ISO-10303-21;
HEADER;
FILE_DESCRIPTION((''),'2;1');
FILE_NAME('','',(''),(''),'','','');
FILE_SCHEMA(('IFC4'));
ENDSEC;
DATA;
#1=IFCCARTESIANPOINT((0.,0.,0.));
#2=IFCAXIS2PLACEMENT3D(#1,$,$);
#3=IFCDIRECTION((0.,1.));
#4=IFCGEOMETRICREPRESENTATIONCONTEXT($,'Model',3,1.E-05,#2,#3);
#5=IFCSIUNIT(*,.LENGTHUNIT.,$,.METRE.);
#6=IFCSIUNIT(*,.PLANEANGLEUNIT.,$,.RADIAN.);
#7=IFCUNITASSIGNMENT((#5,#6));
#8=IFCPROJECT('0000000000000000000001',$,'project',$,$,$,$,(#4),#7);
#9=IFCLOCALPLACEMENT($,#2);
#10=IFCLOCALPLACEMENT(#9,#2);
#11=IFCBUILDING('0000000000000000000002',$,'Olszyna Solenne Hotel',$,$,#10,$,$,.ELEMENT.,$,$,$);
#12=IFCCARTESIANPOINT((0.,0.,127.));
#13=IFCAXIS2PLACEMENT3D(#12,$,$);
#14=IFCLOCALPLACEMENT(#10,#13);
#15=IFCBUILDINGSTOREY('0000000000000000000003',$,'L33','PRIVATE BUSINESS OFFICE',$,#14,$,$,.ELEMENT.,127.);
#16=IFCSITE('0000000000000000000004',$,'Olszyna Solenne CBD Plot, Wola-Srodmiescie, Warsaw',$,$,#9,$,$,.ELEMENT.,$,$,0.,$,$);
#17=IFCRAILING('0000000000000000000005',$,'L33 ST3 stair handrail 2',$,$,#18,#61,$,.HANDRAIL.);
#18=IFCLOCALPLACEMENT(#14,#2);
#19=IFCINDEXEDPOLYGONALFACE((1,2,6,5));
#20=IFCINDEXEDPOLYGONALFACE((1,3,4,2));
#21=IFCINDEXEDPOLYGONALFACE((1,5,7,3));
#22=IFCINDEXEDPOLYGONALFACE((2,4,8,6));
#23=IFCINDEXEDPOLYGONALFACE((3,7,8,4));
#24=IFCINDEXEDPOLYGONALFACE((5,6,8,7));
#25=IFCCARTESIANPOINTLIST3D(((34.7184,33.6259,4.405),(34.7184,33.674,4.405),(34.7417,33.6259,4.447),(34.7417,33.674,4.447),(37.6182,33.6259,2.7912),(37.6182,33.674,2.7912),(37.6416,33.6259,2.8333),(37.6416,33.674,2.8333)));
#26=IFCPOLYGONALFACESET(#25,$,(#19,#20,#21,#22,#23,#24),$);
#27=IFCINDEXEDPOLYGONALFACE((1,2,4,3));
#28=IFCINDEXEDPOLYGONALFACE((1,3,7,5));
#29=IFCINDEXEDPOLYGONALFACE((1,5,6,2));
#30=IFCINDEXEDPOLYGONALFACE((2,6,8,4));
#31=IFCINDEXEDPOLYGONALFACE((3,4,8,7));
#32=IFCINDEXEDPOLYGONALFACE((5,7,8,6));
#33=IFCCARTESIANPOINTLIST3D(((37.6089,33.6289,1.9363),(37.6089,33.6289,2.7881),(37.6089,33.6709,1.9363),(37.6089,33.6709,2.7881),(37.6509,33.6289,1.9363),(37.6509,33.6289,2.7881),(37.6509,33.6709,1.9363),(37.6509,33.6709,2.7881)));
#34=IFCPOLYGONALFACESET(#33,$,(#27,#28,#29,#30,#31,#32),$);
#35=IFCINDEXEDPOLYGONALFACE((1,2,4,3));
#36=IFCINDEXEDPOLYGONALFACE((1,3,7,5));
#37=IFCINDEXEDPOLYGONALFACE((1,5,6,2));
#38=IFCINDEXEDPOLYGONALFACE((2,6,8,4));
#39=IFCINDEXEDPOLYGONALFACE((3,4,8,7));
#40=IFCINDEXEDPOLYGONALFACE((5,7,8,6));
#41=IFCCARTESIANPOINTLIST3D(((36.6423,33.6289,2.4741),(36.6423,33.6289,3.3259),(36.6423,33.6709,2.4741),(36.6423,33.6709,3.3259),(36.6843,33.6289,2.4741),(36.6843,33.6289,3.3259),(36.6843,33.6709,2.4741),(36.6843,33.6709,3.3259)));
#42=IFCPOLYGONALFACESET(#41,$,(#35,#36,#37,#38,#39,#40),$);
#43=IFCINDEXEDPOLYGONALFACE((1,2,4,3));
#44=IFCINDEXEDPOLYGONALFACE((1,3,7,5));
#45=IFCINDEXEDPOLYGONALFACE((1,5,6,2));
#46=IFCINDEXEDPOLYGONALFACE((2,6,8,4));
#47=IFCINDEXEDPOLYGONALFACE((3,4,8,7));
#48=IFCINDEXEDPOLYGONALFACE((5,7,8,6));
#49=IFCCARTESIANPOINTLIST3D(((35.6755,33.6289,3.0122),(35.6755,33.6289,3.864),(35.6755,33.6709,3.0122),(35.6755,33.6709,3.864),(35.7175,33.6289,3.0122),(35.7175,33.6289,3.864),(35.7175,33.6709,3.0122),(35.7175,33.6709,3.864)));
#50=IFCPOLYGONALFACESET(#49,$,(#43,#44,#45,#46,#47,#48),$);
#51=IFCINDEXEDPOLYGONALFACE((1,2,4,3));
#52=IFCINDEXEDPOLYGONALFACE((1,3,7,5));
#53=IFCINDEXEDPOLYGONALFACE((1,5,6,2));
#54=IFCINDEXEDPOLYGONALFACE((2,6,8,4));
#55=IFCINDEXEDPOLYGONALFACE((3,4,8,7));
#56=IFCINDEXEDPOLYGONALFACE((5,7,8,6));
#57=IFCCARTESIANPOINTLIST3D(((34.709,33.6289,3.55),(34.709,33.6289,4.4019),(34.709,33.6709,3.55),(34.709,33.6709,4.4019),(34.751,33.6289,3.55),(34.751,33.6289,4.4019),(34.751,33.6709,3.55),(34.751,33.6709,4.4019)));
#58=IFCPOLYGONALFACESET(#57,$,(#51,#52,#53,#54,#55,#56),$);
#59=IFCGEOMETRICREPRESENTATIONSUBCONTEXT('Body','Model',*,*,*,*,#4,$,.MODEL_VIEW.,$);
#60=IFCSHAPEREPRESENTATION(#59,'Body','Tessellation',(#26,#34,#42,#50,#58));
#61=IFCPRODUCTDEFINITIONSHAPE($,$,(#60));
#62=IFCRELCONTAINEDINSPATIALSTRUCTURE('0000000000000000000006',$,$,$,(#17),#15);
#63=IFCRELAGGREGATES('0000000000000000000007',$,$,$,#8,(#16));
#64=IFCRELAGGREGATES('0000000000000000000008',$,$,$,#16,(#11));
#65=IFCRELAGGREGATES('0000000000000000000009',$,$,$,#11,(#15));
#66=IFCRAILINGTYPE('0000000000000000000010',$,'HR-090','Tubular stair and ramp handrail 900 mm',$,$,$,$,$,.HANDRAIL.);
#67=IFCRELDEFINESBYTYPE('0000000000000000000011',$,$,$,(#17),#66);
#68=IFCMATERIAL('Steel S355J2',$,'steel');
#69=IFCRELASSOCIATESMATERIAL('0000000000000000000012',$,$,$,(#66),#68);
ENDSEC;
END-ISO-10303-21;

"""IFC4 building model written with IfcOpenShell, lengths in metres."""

from ifc_helpers import new_model, si_unit, direction, frame, origin, origin_2d, place, context, subcontext, project, spatial, rectangle, extrude, material, type_object, element, save


model = new_model("IFC4")

# Units and contexts
model_context = context("Model", 3, precision=1e-05, world=origin(), true_north=direction((0.0, 1.0)))
body_context = subcontext(model_context, "Body", "Model", "MODEL_VIEW")
ifc_project = project(units=[si_unit("LENGTHUNIT", "METRE"), si_unit("PLANEANGLEUNIT", "RADIAN")], contexts=[model_context])

# Site, building, storey
site_placement = place(None, origin())
site = spatial("IfcSite", under=ifc_project, at=site_placement, Name="Olszyna Solenne CBD Plot, Wola-Srodmiescie, Warsaw", CompositionType="ELEMENT", RefElevation=0.0)
building_placement = place(site_placement, origin())
building = spatial("IfcBuilding", under=site, at=building_placement, Name="Olszyna Solenne Hotel", CompositionType="ELEMENT")
storey_placement = place(building_placement, frame((0.0, 0.0, 127.0)))
storey = spatial("IfcBuildingStorey", under=building, at=storey_placement, Name="L33", Description="PRIVATE BUSINESS OFFICE", CompositionType="ELEMENT", Elevation=127.0)

# Shared definitions
ifc_material_1 = material(Name="Steel S355J2", Category="steel")

# Railing
railing_type_1 = type_object("IfcRailingType", Name="HR-090", Description="Tubular stair and ramp handrail 900 mm", PredefinedType="HANDRAIL", material=ifc_material_1)
railing_1_placement = place(storey_placement, frame((37.6299, 33.6499, 1.9363)))
element("IfcRailing", 1, at=railing_1_placement, inside=storey, type_object=railing_type_1, Name="L33 ST3 stair handrail 2", PredefinedType="HANDRAIL", context=body_context, shape_type="SweptSolid", body=[
    extrude(rectangle(XDim=0.0481, YDim=0.0481, at=origin_2d()), frame((0.0, 0.0, 0.876), z_axis=(-0.87381, 0.0, 0.486267), x_axis=(0.0, -1.0, 0.0)), (0.0, 0.0, 1.0), 3.3186),
    extrude(rectangle(XDim=0.042, YDim=0.042, at=origin_2d()), origin(), (0.0, 0.0, 1.0), 0.8518),
    extrude(rectangle(XDim=0.042, YDim=0.042, at=origin_2d()), frame((-0.9666, 0.0, 0.5378)), (0.0, 0.0, 1.0), 0.8518),
    extrude(rectangle(XDim=0.042, YDim=0.042, at=origin_2d()), frame((-1.9333, 0.0, 1.0759)), (0.0, 0.0, 1.0), 0.8518),
    extrude(rectangle(XDim=0.042, YDim=0.042, at=origin_2d()), frame((-2.8999, 0.0, 1.6138)), (0.0, 0.0, 1.0), 0.8518),
])

save(model, "model.ifc")
